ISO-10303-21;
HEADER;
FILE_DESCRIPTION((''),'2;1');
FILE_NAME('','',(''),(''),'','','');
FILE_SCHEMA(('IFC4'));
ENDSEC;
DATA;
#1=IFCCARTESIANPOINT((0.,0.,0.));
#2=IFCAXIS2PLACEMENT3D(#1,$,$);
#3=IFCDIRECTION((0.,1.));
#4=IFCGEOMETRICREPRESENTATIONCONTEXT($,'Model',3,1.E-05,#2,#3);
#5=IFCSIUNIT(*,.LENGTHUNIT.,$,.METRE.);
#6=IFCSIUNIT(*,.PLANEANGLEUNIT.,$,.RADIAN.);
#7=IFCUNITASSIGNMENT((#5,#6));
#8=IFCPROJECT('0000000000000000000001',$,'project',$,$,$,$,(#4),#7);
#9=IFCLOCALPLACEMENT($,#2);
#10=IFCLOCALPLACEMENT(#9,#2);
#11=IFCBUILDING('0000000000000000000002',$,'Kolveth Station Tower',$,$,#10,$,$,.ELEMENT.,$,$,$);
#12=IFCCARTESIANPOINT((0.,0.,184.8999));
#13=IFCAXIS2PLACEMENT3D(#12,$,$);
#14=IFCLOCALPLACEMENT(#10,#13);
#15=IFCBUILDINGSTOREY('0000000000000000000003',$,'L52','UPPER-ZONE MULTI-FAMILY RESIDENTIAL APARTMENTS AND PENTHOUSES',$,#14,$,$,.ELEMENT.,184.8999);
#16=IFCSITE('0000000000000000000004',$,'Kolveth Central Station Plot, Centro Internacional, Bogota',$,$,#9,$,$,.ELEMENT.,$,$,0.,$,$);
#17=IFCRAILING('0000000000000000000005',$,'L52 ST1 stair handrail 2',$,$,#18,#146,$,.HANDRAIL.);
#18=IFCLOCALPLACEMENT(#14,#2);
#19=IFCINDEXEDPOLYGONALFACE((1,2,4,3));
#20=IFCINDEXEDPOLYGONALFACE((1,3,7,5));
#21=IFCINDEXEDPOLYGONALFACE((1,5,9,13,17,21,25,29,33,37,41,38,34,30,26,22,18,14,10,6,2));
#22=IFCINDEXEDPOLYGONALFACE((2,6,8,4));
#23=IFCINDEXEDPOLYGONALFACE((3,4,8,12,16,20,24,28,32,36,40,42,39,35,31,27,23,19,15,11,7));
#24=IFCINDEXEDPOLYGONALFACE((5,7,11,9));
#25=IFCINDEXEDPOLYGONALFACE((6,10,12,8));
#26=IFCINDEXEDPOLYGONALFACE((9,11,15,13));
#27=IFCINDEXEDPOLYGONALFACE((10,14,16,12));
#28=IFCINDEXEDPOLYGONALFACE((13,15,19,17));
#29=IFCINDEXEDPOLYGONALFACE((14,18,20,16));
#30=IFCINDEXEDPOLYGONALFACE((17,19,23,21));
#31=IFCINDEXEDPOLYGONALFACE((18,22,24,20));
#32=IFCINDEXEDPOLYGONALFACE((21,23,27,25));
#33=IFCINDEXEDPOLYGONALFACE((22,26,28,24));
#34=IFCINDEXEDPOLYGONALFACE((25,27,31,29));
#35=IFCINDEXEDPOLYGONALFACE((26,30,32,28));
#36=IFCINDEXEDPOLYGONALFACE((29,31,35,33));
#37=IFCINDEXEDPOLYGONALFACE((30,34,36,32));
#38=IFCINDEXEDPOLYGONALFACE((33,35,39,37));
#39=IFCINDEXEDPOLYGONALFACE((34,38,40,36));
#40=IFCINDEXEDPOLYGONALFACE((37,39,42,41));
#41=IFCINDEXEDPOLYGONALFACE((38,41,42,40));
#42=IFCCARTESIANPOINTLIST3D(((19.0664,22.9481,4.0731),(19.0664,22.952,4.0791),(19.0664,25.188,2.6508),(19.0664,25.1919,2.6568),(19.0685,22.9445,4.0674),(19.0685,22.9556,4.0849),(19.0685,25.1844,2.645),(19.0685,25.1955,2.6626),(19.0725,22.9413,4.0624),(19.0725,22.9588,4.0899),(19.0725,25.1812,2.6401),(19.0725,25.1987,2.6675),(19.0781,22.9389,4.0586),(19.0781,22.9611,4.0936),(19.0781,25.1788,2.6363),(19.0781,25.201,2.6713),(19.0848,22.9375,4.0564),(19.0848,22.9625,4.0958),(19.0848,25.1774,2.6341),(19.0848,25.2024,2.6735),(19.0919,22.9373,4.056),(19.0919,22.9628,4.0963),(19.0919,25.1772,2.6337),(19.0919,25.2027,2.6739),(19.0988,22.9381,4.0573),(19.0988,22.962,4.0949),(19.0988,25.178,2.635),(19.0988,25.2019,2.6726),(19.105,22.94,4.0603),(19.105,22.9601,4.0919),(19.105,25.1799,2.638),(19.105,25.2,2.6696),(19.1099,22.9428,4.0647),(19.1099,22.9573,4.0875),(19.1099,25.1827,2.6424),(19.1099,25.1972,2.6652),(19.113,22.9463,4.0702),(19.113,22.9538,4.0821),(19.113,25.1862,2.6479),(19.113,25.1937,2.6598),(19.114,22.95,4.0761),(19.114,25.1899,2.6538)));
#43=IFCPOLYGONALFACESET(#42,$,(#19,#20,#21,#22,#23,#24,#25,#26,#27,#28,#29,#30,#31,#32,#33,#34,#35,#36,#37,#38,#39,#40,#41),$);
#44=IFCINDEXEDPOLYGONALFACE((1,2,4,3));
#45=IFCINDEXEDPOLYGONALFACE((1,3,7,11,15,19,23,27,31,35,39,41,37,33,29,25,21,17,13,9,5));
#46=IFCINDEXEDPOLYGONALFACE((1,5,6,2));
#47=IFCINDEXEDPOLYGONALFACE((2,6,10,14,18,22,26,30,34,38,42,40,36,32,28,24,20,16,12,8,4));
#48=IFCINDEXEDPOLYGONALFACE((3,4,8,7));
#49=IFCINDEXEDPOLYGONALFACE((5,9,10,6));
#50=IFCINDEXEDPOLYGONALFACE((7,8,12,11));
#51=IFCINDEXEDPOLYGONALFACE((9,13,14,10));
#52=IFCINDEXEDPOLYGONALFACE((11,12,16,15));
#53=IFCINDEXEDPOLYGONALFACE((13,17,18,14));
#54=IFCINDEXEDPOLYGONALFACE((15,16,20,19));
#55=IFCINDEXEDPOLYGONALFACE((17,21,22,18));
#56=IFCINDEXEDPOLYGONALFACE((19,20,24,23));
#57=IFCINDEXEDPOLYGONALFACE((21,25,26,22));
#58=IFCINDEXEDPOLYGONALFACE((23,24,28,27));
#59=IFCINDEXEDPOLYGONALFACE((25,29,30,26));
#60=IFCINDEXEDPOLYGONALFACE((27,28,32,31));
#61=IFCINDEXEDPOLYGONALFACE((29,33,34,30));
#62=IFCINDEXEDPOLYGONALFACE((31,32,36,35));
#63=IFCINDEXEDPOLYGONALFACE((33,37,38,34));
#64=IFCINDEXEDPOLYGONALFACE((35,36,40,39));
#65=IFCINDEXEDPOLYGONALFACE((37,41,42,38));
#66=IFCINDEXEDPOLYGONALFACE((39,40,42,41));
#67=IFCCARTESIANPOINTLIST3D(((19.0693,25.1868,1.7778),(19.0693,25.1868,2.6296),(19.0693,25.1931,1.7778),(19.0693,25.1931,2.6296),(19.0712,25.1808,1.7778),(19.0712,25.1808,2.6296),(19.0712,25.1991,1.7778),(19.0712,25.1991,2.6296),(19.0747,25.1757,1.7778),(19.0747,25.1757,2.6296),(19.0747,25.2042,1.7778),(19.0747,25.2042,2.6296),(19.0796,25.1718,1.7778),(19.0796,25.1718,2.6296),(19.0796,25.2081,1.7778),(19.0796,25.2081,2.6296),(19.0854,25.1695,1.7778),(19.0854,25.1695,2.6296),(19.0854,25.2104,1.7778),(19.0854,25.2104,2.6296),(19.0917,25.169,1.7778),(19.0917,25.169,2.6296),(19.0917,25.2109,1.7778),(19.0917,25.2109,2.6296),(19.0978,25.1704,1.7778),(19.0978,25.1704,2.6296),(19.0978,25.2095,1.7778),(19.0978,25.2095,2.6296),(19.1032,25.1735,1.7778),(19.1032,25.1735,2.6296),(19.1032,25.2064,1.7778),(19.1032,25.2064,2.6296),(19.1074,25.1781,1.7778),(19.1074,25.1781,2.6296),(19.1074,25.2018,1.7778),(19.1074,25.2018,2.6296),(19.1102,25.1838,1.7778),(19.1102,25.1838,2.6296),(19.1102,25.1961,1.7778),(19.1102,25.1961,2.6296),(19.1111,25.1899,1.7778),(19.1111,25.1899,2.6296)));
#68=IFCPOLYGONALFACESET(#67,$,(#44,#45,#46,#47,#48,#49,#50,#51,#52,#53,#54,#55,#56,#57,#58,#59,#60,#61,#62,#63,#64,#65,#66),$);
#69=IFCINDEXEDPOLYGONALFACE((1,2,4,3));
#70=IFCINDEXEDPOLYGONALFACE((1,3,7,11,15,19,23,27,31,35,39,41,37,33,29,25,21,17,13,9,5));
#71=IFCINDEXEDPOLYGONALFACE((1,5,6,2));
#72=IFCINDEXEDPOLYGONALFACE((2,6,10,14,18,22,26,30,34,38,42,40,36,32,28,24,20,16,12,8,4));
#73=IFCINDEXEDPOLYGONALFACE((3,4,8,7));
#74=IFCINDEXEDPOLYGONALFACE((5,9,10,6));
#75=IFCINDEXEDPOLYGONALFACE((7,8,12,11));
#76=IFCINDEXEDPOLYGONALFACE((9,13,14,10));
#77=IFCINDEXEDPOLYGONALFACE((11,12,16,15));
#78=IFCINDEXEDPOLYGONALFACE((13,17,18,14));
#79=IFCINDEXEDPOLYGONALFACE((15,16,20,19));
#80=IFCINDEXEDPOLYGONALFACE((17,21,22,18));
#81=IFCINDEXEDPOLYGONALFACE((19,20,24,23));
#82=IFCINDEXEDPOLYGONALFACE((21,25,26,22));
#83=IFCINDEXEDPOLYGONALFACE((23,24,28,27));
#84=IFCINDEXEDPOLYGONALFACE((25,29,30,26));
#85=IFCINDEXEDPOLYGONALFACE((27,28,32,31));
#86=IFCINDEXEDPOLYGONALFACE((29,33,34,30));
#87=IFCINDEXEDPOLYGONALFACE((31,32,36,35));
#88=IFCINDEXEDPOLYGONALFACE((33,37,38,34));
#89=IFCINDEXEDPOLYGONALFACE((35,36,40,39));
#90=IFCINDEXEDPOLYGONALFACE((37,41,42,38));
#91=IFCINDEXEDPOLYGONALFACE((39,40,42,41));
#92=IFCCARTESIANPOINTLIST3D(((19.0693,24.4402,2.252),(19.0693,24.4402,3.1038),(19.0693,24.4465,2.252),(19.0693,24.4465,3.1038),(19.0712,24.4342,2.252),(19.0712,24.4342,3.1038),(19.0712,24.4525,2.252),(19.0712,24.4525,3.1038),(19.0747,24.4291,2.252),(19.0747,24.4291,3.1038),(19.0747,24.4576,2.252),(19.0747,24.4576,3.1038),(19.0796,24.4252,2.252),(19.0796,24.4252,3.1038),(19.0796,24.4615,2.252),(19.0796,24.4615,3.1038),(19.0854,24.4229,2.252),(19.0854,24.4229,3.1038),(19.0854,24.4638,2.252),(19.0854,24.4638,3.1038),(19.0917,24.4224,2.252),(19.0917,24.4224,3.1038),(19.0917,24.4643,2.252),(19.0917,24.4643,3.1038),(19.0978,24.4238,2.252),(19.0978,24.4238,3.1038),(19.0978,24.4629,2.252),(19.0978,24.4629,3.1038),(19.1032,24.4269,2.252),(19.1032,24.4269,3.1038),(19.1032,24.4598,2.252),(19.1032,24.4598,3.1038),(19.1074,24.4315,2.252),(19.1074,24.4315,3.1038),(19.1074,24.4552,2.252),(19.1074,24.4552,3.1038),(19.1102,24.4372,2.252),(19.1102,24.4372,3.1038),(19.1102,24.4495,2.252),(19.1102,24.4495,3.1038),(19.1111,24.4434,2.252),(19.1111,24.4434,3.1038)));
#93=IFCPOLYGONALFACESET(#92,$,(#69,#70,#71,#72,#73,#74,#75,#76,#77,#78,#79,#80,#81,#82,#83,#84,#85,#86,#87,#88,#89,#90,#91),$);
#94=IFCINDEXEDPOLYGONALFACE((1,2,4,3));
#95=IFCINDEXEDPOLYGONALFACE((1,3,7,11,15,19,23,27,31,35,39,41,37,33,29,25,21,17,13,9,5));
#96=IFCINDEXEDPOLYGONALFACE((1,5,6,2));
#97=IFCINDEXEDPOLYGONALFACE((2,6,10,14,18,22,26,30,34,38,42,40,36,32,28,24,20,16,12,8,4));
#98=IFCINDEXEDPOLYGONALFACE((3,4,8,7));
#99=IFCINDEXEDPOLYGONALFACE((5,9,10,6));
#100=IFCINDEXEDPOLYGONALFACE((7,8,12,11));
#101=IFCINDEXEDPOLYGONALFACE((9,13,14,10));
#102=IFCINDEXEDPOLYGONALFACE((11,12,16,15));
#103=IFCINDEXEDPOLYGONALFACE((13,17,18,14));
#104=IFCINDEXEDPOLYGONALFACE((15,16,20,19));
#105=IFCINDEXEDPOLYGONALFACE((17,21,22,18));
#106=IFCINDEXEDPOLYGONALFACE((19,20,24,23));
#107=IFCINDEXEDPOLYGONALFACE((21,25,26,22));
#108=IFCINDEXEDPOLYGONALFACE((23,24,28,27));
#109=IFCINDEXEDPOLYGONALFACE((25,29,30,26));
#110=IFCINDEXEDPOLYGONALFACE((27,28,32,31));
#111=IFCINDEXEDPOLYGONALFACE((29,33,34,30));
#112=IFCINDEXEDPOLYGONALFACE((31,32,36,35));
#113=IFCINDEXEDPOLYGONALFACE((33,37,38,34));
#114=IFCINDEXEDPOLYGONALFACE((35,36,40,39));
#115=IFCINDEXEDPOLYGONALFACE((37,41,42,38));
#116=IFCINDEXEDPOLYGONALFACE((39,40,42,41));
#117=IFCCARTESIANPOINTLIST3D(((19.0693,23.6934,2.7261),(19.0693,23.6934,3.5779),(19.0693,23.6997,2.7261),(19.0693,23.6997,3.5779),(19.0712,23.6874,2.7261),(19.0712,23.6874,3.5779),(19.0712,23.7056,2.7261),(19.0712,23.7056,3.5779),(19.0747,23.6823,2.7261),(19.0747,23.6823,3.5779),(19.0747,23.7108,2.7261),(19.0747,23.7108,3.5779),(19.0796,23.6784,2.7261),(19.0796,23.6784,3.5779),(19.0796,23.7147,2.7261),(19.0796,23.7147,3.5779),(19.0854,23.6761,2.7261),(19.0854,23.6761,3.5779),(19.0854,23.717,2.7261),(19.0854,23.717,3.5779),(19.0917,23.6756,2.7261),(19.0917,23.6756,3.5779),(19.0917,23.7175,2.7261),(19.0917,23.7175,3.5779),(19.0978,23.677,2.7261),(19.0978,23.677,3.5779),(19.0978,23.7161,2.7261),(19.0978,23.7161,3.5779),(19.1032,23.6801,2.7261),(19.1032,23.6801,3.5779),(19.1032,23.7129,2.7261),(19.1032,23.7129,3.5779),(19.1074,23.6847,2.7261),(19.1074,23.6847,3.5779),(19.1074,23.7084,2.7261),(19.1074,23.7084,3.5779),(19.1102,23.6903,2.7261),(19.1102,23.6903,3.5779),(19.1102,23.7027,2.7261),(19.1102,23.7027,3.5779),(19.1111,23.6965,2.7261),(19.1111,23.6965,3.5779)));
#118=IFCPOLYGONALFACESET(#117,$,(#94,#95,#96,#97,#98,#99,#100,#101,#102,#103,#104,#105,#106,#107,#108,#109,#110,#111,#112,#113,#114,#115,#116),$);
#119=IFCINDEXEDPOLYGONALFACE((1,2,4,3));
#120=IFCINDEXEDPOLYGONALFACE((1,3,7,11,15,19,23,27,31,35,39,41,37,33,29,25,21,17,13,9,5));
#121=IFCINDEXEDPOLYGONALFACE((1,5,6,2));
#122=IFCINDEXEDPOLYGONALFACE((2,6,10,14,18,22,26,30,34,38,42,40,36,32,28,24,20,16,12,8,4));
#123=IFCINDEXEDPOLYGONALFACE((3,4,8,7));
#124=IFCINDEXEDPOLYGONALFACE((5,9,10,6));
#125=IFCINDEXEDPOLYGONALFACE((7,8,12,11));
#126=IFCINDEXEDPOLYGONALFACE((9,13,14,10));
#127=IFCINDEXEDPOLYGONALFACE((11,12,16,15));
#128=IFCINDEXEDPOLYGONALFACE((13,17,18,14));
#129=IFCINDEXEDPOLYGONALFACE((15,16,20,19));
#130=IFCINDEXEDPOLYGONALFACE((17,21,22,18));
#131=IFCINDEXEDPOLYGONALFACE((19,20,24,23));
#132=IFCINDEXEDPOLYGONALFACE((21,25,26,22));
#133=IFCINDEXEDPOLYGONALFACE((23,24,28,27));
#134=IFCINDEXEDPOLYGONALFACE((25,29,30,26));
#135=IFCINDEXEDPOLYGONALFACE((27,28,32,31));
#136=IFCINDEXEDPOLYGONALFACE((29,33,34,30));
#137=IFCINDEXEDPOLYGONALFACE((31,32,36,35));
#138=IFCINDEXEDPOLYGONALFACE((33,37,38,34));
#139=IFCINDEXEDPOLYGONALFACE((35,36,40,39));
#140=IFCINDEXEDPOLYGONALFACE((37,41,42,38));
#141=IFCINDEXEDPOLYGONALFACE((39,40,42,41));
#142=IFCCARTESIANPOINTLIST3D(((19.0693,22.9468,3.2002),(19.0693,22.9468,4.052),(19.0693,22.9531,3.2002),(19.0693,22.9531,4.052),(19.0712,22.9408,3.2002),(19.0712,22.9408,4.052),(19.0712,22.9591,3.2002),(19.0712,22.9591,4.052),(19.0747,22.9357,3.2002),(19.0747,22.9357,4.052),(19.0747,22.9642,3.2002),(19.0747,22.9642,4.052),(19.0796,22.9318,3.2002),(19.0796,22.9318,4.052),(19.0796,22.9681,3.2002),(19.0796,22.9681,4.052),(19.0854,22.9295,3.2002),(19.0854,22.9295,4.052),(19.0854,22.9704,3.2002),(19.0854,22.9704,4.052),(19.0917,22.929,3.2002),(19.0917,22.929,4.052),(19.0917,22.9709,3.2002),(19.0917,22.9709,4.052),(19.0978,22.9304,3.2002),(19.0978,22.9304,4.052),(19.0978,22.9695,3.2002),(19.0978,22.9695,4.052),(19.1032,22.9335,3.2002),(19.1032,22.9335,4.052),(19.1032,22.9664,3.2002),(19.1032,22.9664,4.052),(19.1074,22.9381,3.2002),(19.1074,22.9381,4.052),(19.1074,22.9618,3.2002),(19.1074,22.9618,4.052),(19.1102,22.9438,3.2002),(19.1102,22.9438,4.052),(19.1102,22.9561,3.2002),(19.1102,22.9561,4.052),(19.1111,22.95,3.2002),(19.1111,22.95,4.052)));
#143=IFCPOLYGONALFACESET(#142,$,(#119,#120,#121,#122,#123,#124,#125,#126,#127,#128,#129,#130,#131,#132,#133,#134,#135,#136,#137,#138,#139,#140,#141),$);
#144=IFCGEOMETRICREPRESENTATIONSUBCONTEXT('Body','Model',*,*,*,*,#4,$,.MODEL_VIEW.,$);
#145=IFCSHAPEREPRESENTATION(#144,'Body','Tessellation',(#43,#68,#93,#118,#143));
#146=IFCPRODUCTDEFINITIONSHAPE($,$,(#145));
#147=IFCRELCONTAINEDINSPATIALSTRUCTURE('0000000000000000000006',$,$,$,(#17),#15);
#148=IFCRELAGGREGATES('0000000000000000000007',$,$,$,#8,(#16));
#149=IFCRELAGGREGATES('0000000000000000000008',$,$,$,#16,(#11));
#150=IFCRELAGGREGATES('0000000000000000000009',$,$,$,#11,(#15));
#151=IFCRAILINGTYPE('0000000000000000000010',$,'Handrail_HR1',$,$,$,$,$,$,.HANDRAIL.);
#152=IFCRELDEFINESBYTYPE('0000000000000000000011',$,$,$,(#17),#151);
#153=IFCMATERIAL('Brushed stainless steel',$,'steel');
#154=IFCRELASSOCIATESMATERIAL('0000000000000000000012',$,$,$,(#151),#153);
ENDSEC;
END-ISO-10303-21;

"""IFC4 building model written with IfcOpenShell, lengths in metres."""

from ifc_helpers import new_model, si_unit, direction, frame, origin, origin_2d, place, context, subcontext, project, spatial, circle, extrude, material, type_object, element, save


model = new_model("IFC4")

# Units and contexts
model_context = context("Model", 3, precision=1e-05, world=origin(), true_north=direction((0.0, 1.0)))
body_context = subcontext(model_context, "Body", "Model", "MODEL_VIEW")
ifc_project = project(units=[si_unit("LENGTHUNIT", "METRE"), si_unit("PLANEANGLEUNIT", "RADIAN")], contexts=[model_context])

# Site, building, storey
site_placement = place(None, origin())
site = spatial("IfcSite", under=ifc_project, at=site_placement, Name="Kolveth Central Station Plot, Centro Internacional, Bogota", CompositionType="ELEMENT", RefElevation=0.0)
building_placement = place(site_placement, origin())
building = spatial("IfcBuilding", under=site, at=building_placement, Name="Kolveth Station Tower", CompositionType="ELEMENT")
storey_placement = place(building_placement, frame((0.0, 0.0, 184.8999)))
storey = spatial("IfcBuildingStorey", under=building, at=storey_placement, Name="L52", Description="UPPER-ZONE MULTI-FAMILY RESIDENTIAL APARTMENTS AND PENTHOUSES", CompositionType="ELEMENT", Elevation=184.8999)

# Railing
ifc_material_1 = material(Name="Brushed stainless steel", Category="steel")
railing_type_1 = type_object("IfcRailingType", Name="Handrail_HR1", PredefinedType="HANDRAIL", material=ifc_material_1)
railing_1_placement = place(storey_placement, frame((19.0901, 25.1899, 1.7778)))
element("IfcRailing", 1, at=railing_1_placement, inside=storey, type_object=railing_type_1, Name="L52 ST1 stair handrail 2", PredefinedType="HANDRAIL", context=body_context, shape_type="SweptSolid", body=[
    extrude(circle(Radius=0.0239, at=origin_2d()), frame((0.0, 0.0, 0.876), z_axis=(0.0, -0.844188, 0.536048), x_axis=(1.0, 0.0, 0.0)), (0.0, 0.0, 1.0), 2.6533),
    extrude(circle(Radius=0.021, at=origin_2d()), origin(), (0.0, 0.0, 1.0), 0.8518),
    extrude(circle(Radius=0.021, at=origin_2d()), frame((0.0, -0.7466, 0.4741)), (0.0, 0.0, 1.0), 0.8518),
    extrude(circle(Radius=0.021, at=origin_2d()), frame((0.0, -1.4934, 0.9482)), (0.0, 0.0, 1.0), 0.8518),
    extrude(circle(Radius=0.021, at=origin_2d()), frame((0.0, -2.24, 1.4224)), (0.0, 0.0, 1.0), 0.8518),
])

save(model, "model.ifc")
